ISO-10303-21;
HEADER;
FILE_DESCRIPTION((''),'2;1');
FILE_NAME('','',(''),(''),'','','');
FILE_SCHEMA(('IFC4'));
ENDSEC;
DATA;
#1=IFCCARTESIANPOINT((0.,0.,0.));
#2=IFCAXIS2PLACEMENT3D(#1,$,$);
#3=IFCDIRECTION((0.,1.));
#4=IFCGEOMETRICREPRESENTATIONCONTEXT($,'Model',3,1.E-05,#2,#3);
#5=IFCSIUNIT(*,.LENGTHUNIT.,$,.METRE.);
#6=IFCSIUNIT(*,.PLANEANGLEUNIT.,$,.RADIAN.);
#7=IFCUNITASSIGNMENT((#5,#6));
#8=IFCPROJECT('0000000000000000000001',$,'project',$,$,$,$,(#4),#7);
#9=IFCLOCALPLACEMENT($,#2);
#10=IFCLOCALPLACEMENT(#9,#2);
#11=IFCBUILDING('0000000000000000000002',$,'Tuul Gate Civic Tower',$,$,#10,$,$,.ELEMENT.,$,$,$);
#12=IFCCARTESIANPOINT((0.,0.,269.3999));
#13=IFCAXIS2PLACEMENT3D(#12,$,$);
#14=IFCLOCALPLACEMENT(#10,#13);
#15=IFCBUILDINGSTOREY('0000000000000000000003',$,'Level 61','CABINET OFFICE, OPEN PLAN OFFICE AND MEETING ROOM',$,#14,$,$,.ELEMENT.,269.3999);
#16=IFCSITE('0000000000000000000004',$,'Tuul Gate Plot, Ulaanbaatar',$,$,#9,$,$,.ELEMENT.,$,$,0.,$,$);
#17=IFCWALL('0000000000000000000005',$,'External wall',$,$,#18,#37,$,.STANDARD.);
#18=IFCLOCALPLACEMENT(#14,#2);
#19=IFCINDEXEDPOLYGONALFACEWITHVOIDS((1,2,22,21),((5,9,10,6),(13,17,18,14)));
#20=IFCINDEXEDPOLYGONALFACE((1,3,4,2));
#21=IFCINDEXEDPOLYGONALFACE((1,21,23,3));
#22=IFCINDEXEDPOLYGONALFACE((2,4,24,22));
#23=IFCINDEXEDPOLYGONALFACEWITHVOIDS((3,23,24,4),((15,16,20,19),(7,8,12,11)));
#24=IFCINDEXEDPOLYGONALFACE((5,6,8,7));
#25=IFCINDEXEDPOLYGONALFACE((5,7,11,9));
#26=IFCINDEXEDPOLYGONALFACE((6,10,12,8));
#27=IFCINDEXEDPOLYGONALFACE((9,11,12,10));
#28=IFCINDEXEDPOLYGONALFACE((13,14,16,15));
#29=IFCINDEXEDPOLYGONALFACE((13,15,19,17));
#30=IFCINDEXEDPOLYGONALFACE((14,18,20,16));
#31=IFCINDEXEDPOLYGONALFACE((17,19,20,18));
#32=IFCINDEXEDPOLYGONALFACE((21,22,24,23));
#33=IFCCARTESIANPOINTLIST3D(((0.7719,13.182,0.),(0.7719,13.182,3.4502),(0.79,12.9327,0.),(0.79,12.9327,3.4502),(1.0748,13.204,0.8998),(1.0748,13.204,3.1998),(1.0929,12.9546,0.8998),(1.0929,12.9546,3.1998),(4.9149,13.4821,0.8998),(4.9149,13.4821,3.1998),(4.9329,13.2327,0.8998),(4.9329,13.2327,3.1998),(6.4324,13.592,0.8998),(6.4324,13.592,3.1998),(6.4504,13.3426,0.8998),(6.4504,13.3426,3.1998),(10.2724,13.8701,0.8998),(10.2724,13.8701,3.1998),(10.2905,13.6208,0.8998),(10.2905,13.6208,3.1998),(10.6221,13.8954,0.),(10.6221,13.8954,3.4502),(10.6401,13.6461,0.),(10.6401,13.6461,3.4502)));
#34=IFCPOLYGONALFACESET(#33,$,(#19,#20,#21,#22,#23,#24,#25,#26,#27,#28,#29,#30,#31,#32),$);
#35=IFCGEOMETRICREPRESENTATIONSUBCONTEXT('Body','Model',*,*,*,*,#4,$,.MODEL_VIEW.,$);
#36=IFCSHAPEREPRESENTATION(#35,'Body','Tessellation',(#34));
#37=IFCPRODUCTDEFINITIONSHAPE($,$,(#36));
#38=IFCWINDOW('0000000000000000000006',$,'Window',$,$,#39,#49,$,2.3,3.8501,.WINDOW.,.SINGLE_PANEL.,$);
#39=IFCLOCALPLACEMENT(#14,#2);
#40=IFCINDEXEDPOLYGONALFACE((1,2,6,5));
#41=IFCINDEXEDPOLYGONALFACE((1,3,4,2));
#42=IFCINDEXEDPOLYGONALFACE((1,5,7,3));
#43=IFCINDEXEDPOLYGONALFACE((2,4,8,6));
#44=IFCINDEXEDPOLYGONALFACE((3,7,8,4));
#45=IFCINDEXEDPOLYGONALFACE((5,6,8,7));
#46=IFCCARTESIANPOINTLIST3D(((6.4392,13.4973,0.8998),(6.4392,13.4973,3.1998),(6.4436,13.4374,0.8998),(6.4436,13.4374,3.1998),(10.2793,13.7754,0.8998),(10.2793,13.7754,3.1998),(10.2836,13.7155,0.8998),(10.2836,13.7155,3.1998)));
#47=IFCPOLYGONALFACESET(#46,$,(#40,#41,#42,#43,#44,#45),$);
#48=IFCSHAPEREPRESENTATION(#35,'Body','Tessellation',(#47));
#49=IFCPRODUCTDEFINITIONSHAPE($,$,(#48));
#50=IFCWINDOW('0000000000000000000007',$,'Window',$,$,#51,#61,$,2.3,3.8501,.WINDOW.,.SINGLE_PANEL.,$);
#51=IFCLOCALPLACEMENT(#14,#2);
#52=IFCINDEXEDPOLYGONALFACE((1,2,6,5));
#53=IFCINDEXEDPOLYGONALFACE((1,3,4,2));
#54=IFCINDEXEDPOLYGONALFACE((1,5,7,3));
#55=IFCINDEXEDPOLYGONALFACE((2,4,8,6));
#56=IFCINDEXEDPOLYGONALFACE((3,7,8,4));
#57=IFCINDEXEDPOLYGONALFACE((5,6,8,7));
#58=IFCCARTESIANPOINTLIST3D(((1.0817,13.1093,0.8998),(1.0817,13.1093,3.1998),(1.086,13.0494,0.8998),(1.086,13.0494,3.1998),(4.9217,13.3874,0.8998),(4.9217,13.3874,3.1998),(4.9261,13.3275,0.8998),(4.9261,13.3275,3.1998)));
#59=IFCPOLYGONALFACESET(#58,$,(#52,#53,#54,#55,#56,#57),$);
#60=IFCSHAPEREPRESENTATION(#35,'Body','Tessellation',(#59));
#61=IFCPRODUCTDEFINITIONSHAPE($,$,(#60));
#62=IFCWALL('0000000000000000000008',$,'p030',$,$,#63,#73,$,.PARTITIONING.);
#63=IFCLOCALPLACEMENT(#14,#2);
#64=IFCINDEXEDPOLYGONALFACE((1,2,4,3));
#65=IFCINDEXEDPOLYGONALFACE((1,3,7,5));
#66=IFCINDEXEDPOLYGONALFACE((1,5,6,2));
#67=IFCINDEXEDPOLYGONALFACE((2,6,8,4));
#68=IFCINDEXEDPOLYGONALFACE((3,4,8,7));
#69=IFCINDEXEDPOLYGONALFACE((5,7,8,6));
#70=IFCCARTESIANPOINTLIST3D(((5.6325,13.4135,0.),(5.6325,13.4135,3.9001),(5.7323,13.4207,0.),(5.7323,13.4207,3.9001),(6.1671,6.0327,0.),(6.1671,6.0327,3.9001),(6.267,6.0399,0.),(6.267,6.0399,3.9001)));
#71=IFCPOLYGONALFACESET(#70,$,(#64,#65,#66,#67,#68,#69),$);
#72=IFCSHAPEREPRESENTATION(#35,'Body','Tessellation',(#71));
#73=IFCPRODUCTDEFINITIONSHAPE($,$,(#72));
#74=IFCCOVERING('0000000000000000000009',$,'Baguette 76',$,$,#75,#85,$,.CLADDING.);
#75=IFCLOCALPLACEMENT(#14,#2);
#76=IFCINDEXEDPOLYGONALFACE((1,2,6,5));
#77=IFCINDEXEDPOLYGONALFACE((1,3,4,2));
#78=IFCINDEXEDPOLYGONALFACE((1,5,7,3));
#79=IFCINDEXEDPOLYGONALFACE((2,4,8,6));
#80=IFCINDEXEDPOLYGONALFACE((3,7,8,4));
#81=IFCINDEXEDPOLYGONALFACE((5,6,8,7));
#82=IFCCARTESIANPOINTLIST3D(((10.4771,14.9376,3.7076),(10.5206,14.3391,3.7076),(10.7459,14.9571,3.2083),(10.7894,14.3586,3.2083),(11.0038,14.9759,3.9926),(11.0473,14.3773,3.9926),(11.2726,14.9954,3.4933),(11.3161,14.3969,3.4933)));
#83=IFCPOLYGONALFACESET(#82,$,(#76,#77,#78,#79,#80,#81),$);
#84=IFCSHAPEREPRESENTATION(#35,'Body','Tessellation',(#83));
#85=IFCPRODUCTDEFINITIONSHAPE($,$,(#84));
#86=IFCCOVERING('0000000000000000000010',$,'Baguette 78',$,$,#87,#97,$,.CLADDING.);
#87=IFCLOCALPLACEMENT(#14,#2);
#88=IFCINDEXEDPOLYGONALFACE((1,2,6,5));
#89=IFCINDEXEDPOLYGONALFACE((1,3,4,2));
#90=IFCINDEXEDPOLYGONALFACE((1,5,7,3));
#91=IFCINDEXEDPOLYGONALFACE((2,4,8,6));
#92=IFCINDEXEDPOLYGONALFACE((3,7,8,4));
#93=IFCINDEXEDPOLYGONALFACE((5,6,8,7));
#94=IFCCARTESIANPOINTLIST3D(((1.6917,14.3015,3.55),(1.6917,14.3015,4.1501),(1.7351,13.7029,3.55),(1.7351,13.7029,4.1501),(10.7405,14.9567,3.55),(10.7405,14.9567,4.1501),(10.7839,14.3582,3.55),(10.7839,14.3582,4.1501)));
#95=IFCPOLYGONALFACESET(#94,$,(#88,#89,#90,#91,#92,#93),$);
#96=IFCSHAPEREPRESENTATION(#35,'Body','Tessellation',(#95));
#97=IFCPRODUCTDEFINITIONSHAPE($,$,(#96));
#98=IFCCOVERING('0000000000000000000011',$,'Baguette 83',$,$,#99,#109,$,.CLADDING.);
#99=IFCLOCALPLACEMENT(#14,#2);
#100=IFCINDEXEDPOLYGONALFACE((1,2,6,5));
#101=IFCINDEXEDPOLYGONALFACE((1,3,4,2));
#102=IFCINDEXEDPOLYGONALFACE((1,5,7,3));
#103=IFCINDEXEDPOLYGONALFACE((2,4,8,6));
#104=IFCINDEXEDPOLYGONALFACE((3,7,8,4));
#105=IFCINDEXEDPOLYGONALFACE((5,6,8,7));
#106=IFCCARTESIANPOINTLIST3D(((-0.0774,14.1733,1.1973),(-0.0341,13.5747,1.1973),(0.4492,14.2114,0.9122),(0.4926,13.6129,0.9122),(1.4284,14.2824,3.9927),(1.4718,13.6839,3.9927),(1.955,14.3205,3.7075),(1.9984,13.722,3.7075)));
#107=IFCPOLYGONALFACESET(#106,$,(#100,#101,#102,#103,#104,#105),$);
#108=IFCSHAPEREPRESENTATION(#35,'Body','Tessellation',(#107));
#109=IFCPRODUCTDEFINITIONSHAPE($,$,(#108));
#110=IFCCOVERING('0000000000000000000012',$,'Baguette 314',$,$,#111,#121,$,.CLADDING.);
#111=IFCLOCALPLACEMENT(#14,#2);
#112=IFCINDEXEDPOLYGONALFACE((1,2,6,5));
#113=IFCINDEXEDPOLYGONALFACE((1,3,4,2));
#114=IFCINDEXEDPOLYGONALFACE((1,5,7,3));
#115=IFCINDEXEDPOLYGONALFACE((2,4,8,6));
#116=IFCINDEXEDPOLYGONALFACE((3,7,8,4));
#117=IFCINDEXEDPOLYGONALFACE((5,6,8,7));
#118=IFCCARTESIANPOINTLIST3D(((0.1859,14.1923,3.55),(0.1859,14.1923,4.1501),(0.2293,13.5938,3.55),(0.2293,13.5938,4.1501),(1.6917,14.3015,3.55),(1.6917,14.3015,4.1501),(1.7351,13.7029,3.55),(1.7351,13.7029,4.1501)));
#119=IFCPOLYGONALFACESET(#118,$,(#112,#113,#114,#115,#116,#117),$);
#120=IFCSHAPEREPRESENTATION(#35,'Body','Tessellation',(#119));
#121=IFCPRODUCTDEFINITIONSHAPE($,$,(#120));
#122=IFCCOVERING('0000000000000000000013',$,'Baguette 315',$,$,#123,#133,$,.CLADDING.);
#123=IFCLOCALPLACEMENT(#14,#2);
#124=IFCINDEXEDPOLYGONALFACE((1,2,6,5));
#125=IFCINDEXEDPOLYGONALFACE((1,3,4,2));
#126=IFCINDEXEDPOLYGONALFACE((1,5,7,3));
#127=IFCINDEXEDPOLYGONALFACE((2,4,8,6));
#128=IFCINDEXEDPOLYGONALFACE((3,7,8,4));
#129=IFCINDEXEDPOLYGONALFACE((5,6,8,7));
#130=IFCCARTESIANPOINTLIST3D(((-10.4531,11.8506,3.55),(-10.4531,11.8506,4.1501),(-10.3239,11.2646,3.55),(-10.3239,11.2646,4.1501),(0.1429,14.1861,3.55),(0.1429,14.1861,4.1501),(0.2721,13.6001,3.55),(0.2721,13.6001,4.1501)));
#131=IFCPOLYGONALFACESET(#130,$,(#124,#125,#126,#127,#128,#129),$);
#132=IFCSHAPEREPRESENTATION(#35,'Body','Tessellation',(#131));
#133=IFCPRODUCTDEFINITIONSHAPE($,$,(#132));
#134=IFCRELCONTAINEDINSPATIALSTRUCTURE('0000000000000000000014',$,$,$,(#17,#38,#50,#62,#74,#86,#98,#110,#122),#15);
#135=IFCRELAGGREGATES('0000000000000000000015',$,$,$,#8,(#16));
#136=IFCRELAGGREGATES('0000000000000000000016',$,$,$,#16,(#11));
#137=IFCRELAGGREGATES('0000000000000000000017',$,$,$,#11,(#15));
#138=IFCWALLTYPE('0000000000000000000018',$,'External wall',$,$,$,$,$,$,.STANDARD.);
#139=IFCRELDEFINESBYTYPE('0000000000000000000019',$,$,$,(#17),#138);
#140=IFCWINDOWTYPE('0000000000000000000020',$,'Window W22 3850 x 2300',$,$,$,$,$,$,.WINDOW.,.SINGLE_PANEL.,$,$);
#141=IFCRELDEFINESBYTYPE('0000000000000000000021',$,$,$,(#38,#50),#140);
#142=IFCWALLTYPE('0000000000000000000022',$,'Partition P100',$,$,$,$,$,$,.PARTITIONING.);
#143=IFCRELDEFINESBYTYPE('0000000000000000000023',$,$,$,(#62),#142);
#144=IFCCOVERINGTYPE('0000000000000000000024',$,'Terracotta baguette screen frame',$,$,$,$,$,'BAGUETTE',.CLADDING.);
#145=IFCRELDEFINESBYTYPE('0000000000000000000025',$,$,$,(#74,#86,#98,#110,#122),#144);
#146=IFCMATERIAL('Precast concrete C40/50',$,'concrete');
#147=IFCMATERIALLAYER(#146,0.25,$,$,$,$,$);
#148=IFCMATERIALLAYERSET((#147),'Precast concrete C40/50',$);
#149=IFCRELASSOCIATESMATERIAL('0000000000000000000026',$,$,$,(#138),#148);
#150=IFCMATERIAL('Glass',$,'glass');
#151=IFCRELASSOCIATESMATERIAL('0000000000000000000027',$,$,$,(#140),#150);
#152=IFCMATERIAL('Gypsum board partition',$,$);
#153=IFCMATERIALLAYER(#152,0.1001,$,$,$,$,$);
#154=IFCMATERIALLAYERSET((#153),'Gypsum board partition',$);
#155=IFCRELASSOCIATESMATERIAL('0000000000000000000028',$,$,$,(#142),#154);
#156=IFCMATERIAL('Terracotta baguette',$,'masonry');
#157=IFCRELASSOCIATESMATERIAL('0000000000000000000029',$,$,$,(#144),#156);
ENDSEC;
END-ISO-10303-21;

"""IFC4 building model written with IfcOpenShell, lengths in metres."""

from ifc_helpers import new_model, si_unit, direction, frame, frame_2d, origin, origin_2d, place, context, subcontext, project, spatial, rectangle, extrude, material, layer, layer_set, material_profile, profile_set, type_object, element, fill, save


model = new_model("IFC4")

# Units and contexts
model_context = context("Model", 3, precision=1e-05, world=origin(), true_north=direction((0.0, 1.0)))
body_context = subcontext(model_context, "Body", "Model", "MODEL_VIEW")
ifc_project = project(units=[si_unit("LENGTHUNIT", "METRE"), si_unit("PLANEANGLEUNIT", "RADIAN")], contexts=[model_context])

# Site, building, storey
site_placement = place(None, origin())
site = spatial("IfcSite", under=ifc_project, at=site_placement, Name="Tuul Gate Plot, Ulaanbaatar", CompositionType="ELEMENT", RefElevation=0.0)
building_placement = place(site_placement, origin())
building = spatial("IfcBuilding", under=site, at=building_placement, Name="Tuul Gate Civic Tower", CompositionType="ELEMENT")
storey_placement = place(building_placement, frame((0.0, 0.0, 269.3999)))
storey = spatial("IfcBuildingStorey", under=building, at=storey_placement, Name="Level 61", Description="CABINET OFFICE, OPEN PLAN OFFICE AND MEETING ROOM", CompositionType="ELEMENT", Elevation=269.3999)

# Wall, openings, windows
ifc_material_1 = material(Name="Precast concrete C40/50", Category="concrete")
ifc_layer_1 = layer(ifc_material_1, 0.25)
ifc_layer_set_1 = layer_set([ifc_layer_1], Name="Precast concrete C40/50")
wall_type_1 = type_object("IfcWallType", Name="External wall", PredefinedType="STANDARD", material=ifc_layer_set_1)
wall_1_placement = place(storey_placement, frame((10.6311, 13.7708, 0.0), z_axis=(0.0, 0.0, 1.0), x_axis=(-0.997388, -0.072234, 0.0)))
wall_1 = element("IfcWall", 1, at=wall_1_placement, inside=storey, type_object=wall_type_1, Name="External wall", PredefinedType="STANDARD", context=body_context, shape_type="SweptSolid", body=[
    extrude(rectangle(XDim=9.876, YDim=0.25, at=frame_2d((4.938, 0.0))), origin(), (0.0, 0.0, 1.0), 3.4502),
])
opening_1_placement = place(wall_1_placement, frame((0.3506, 0.0, 0.8999)))
opening_1 = element("IfcOpeningElement", 2, at=opening_1_placement, cuts=wall_1, PredefinedType="OPENING", context=body_context, shape_type="SweptSolid", body=[
    extrude(rectangle(XDim=3.8501, YDim=2.3, at=frame_2d((1.925, 1.1499))), frame((0.0, 0.135, 0.0), z_axis=(0.0, -1.0, 0.0), x_axis=(1.0, 0.0, 0.0)), (0.0, 0.0, 1.0), 0.27),
])
opening_2_placement = place(wall_1_placement, frame((5.7222, 0.0, 0.8999)))
opening_2 = element("IfcOpeningElement", 3, at=opening_2_placement, cuts=wall_1, PredefinedType="OPENING", context=body_context, shape_type="SweptSolid", body=[
    extrude(rectangle(XDim=3.8501, YDim=2.3, at=frame_2d((1.925, 1.1499))), frame((0.0, 0.135, 0.0), z_axis=(0.0, -1.0, 0.0), x_axis=(1.0, 0.0, 0.0)), (0.0, 0.0, 1.0), 0.27),
])
ifc_material_2 = material(Name="Glass", Category="glass")
window_type = type_object("IfcWindowType", Name="Window W22 3850 x 2300", PartitioningType="SINGLE_PANEL", PredefinedType="WINDOW", material=ifc_material_2)
window_1_placement = place(opening_1_placement, origin())
window_1 = element("IfcWindow", 4, at=window_1_placement, inside=storey, type_object=window_type, Name="Window", OverallHeight=2.3, OverallWidth=3.8501, PartitioningType="SINGLE_PANEL", PredefinedType="WINDOW", context=body_context, shape_type="SweptSolid", body=[
    extrude(rectangle(XDim=3.8501, YDim=2.3, at=frame_2d((1.925, 1.1499))), frame((0.0, 0.03, 0.0), z_axis=(0.0, -1.0, 0.0), x_axis=(1.0, 0.0, 0.0)), (0.0, 0.0, 1.0), 0.0601),
])
fill(opening_1, window_1)
window_2_placement = place(opening_2_placement, origin())
window_2 = element("IfcWindow", 5, at=window_2_placement, inside=storey, type_object=window_type, Name="Window", OverallHeight=2.3, OverallWidth=3.8501, PartitioningType="SINGLE_PANEL", PredefinedType="WINDOW", context=body_context, shape_type="SweptSolid", body=[
    extrude(rectangle(XDim=3.8501, YDim=2.3, at=frame_2d((1.925, 1.1499))), frame((0.0, 0.03, 0.0), z_axis=(0.0, -1.0, 0.0), x_axis=(1.0, 0.0, 0.0)), (0.0, 0.0, 1.0), 0.0601),
])
fill(opening_2, window_2)

# Wall
ifc_material_3 = material(Name="Gypsum board partition")
ifc_layer_2 = layer(ifc_material_3, 0.1001)
ifc_layer_set_2 = layer_set([ifc_layer_2], Name="Gypsum board partition")
wall_type_2 = type_object("IfcWallType", Name="Partition P100", PredefinedType="PARTITIONING", material=ifc_layer_set_2)
wall_2_placement = place(storey_placement, frame((5.6824, 13.4172, 0.0), z_axis=(0.0, 0.0, 1.0), x_axis=(0.07225, -0.997387, 0.0)))
element("IfcWall", 6, at=wall_2_placement, inside=storey, type_object=wall_type_2, Name="p030", PredefinedType="PARTITIONING", context=body_context, shape_type="SweptSolid", body=[
    extrude(rectangle(XDim=7.4001, YDim=0.1001, at=frame_2d((3.7002, 0.0))), origin(), (0.0, 0.0, 1.0), 3.9001),
])

# Coverings
ifc_material_4 = material(Name="Terracotta baguette", Category="masonry")
ifc_material_profile_1 = material_profile(ifc_material_4, rectangle(XDim=0.6001, YDim=0.6001, at=origin_2d()), Name="Terracotta baguette screen frame")
ifc_profile_set_1 = profile_set([ifc_material_profile_1], Name="Terracotta baguette")
covering_type = type_object("IfcCoveringType", Name="Terracotta baguette screen frame", ElementType="BAGUETTE", PredefinedType="CLADDING", material=ifc_profile_set_1)
covering_1_placement = place(storey_placement, frame((10.7622, 14.6575, 3.8501), z_axis=(0.473768, 0.034425, -0.879977), x_axis=(-0.07247, 0.997371, 0.0)))
element("IfcCovering", 7, at=covering_1_placement, inside=storey, type_object=covering_type, Name="Baguette 76", PredefinedType="CLADDING", context=body_context, shape_type="SweptSolid", body=[
    extrude(rectangle(XDim=0.6001, YDim=0.6001, at=origin_2d()), origin(), (0.0, 0.0, 1.0), 0.5674),
])
covering_2_placement = place(storey_placement, frame((10.7622, 14.6575, 3.8501), z_axis=(-0.997388, -0.072226, 0.0), x_axis=(0.072226, -0.997388, 0.0)))
element("IfcCovering", 8, at=covering_2_placement, inside=storey, type_object=covering_type, Name="Baguette 78", PredefinedType="CLADDING", context=body_context, shape_type="SweptSolid", body=[
    extrude(rectangle(XDim=0.6001, YDim=0.6001, at=origin_2d()), origin(), (0.0, 0.0, 1.0), 9.0725),
])
covering_3_placement = place(storey_placement, frame((1.7134, 14.0022, 3.8501), z_axis=(-0.473976, -0.034349, -0.879868), x_axis=(0.072281, -0.997384, 0.0)))
element("IfcCovering", 9, at=covering_3_placement, inside=storey, type_object=covering_type, Name="Baguette 83", PredefinedType="CLADDING", context=body_context, shape_type="SweptSolid", body=[
    extrude(rectangle(XDim=0.6001, YDim=0.6001, at=origin_2d()), origin(), (0.0, 0.0, 1.0), 3.177),
])
covering_4_placement = place(storey_placement, frame((1.7134, 14.0022, 3.8501), z_axis=(-0.997384, -0.072281, 0.0), x_axis=(0.072281, -0.997384, 0.0)))
element("IfcCovering", 10, at=covering_4_placement, inside=storey, type_object=covering_type, Name="Baguette 314", PredefinedType="CLADDING", context=body_context, shape_type="SweptSolid", body=[
    extrude(rectangle(XDim=0.6001, YDim=0.6001, at=origin_2d()), origin(), (0.0, 0.0, 1.0), 1.5098),
])
covering_5_placement = place(storey_placement, frame((0.2075, 13.8931, 3.8501), z_axis=(-0.97656, -0.215243, 0.0), x_axis=(0.215243, -0.97656, 0.0)))
element("IfcCovering", 11, at=covering_5_placement, inside=storey, type_object=covering_type, Name="Baguette 315", PredefinedType="CLADDING", context=body_context, shape_type="SweptSolid", body=[
    extrude(rectangle(XDim=0.6001, YDim=0.6001, at=origin_2d()), origin(), (0.0, 0.0, 1.0), 10.8503),
])

save(model, "model.ifc")
